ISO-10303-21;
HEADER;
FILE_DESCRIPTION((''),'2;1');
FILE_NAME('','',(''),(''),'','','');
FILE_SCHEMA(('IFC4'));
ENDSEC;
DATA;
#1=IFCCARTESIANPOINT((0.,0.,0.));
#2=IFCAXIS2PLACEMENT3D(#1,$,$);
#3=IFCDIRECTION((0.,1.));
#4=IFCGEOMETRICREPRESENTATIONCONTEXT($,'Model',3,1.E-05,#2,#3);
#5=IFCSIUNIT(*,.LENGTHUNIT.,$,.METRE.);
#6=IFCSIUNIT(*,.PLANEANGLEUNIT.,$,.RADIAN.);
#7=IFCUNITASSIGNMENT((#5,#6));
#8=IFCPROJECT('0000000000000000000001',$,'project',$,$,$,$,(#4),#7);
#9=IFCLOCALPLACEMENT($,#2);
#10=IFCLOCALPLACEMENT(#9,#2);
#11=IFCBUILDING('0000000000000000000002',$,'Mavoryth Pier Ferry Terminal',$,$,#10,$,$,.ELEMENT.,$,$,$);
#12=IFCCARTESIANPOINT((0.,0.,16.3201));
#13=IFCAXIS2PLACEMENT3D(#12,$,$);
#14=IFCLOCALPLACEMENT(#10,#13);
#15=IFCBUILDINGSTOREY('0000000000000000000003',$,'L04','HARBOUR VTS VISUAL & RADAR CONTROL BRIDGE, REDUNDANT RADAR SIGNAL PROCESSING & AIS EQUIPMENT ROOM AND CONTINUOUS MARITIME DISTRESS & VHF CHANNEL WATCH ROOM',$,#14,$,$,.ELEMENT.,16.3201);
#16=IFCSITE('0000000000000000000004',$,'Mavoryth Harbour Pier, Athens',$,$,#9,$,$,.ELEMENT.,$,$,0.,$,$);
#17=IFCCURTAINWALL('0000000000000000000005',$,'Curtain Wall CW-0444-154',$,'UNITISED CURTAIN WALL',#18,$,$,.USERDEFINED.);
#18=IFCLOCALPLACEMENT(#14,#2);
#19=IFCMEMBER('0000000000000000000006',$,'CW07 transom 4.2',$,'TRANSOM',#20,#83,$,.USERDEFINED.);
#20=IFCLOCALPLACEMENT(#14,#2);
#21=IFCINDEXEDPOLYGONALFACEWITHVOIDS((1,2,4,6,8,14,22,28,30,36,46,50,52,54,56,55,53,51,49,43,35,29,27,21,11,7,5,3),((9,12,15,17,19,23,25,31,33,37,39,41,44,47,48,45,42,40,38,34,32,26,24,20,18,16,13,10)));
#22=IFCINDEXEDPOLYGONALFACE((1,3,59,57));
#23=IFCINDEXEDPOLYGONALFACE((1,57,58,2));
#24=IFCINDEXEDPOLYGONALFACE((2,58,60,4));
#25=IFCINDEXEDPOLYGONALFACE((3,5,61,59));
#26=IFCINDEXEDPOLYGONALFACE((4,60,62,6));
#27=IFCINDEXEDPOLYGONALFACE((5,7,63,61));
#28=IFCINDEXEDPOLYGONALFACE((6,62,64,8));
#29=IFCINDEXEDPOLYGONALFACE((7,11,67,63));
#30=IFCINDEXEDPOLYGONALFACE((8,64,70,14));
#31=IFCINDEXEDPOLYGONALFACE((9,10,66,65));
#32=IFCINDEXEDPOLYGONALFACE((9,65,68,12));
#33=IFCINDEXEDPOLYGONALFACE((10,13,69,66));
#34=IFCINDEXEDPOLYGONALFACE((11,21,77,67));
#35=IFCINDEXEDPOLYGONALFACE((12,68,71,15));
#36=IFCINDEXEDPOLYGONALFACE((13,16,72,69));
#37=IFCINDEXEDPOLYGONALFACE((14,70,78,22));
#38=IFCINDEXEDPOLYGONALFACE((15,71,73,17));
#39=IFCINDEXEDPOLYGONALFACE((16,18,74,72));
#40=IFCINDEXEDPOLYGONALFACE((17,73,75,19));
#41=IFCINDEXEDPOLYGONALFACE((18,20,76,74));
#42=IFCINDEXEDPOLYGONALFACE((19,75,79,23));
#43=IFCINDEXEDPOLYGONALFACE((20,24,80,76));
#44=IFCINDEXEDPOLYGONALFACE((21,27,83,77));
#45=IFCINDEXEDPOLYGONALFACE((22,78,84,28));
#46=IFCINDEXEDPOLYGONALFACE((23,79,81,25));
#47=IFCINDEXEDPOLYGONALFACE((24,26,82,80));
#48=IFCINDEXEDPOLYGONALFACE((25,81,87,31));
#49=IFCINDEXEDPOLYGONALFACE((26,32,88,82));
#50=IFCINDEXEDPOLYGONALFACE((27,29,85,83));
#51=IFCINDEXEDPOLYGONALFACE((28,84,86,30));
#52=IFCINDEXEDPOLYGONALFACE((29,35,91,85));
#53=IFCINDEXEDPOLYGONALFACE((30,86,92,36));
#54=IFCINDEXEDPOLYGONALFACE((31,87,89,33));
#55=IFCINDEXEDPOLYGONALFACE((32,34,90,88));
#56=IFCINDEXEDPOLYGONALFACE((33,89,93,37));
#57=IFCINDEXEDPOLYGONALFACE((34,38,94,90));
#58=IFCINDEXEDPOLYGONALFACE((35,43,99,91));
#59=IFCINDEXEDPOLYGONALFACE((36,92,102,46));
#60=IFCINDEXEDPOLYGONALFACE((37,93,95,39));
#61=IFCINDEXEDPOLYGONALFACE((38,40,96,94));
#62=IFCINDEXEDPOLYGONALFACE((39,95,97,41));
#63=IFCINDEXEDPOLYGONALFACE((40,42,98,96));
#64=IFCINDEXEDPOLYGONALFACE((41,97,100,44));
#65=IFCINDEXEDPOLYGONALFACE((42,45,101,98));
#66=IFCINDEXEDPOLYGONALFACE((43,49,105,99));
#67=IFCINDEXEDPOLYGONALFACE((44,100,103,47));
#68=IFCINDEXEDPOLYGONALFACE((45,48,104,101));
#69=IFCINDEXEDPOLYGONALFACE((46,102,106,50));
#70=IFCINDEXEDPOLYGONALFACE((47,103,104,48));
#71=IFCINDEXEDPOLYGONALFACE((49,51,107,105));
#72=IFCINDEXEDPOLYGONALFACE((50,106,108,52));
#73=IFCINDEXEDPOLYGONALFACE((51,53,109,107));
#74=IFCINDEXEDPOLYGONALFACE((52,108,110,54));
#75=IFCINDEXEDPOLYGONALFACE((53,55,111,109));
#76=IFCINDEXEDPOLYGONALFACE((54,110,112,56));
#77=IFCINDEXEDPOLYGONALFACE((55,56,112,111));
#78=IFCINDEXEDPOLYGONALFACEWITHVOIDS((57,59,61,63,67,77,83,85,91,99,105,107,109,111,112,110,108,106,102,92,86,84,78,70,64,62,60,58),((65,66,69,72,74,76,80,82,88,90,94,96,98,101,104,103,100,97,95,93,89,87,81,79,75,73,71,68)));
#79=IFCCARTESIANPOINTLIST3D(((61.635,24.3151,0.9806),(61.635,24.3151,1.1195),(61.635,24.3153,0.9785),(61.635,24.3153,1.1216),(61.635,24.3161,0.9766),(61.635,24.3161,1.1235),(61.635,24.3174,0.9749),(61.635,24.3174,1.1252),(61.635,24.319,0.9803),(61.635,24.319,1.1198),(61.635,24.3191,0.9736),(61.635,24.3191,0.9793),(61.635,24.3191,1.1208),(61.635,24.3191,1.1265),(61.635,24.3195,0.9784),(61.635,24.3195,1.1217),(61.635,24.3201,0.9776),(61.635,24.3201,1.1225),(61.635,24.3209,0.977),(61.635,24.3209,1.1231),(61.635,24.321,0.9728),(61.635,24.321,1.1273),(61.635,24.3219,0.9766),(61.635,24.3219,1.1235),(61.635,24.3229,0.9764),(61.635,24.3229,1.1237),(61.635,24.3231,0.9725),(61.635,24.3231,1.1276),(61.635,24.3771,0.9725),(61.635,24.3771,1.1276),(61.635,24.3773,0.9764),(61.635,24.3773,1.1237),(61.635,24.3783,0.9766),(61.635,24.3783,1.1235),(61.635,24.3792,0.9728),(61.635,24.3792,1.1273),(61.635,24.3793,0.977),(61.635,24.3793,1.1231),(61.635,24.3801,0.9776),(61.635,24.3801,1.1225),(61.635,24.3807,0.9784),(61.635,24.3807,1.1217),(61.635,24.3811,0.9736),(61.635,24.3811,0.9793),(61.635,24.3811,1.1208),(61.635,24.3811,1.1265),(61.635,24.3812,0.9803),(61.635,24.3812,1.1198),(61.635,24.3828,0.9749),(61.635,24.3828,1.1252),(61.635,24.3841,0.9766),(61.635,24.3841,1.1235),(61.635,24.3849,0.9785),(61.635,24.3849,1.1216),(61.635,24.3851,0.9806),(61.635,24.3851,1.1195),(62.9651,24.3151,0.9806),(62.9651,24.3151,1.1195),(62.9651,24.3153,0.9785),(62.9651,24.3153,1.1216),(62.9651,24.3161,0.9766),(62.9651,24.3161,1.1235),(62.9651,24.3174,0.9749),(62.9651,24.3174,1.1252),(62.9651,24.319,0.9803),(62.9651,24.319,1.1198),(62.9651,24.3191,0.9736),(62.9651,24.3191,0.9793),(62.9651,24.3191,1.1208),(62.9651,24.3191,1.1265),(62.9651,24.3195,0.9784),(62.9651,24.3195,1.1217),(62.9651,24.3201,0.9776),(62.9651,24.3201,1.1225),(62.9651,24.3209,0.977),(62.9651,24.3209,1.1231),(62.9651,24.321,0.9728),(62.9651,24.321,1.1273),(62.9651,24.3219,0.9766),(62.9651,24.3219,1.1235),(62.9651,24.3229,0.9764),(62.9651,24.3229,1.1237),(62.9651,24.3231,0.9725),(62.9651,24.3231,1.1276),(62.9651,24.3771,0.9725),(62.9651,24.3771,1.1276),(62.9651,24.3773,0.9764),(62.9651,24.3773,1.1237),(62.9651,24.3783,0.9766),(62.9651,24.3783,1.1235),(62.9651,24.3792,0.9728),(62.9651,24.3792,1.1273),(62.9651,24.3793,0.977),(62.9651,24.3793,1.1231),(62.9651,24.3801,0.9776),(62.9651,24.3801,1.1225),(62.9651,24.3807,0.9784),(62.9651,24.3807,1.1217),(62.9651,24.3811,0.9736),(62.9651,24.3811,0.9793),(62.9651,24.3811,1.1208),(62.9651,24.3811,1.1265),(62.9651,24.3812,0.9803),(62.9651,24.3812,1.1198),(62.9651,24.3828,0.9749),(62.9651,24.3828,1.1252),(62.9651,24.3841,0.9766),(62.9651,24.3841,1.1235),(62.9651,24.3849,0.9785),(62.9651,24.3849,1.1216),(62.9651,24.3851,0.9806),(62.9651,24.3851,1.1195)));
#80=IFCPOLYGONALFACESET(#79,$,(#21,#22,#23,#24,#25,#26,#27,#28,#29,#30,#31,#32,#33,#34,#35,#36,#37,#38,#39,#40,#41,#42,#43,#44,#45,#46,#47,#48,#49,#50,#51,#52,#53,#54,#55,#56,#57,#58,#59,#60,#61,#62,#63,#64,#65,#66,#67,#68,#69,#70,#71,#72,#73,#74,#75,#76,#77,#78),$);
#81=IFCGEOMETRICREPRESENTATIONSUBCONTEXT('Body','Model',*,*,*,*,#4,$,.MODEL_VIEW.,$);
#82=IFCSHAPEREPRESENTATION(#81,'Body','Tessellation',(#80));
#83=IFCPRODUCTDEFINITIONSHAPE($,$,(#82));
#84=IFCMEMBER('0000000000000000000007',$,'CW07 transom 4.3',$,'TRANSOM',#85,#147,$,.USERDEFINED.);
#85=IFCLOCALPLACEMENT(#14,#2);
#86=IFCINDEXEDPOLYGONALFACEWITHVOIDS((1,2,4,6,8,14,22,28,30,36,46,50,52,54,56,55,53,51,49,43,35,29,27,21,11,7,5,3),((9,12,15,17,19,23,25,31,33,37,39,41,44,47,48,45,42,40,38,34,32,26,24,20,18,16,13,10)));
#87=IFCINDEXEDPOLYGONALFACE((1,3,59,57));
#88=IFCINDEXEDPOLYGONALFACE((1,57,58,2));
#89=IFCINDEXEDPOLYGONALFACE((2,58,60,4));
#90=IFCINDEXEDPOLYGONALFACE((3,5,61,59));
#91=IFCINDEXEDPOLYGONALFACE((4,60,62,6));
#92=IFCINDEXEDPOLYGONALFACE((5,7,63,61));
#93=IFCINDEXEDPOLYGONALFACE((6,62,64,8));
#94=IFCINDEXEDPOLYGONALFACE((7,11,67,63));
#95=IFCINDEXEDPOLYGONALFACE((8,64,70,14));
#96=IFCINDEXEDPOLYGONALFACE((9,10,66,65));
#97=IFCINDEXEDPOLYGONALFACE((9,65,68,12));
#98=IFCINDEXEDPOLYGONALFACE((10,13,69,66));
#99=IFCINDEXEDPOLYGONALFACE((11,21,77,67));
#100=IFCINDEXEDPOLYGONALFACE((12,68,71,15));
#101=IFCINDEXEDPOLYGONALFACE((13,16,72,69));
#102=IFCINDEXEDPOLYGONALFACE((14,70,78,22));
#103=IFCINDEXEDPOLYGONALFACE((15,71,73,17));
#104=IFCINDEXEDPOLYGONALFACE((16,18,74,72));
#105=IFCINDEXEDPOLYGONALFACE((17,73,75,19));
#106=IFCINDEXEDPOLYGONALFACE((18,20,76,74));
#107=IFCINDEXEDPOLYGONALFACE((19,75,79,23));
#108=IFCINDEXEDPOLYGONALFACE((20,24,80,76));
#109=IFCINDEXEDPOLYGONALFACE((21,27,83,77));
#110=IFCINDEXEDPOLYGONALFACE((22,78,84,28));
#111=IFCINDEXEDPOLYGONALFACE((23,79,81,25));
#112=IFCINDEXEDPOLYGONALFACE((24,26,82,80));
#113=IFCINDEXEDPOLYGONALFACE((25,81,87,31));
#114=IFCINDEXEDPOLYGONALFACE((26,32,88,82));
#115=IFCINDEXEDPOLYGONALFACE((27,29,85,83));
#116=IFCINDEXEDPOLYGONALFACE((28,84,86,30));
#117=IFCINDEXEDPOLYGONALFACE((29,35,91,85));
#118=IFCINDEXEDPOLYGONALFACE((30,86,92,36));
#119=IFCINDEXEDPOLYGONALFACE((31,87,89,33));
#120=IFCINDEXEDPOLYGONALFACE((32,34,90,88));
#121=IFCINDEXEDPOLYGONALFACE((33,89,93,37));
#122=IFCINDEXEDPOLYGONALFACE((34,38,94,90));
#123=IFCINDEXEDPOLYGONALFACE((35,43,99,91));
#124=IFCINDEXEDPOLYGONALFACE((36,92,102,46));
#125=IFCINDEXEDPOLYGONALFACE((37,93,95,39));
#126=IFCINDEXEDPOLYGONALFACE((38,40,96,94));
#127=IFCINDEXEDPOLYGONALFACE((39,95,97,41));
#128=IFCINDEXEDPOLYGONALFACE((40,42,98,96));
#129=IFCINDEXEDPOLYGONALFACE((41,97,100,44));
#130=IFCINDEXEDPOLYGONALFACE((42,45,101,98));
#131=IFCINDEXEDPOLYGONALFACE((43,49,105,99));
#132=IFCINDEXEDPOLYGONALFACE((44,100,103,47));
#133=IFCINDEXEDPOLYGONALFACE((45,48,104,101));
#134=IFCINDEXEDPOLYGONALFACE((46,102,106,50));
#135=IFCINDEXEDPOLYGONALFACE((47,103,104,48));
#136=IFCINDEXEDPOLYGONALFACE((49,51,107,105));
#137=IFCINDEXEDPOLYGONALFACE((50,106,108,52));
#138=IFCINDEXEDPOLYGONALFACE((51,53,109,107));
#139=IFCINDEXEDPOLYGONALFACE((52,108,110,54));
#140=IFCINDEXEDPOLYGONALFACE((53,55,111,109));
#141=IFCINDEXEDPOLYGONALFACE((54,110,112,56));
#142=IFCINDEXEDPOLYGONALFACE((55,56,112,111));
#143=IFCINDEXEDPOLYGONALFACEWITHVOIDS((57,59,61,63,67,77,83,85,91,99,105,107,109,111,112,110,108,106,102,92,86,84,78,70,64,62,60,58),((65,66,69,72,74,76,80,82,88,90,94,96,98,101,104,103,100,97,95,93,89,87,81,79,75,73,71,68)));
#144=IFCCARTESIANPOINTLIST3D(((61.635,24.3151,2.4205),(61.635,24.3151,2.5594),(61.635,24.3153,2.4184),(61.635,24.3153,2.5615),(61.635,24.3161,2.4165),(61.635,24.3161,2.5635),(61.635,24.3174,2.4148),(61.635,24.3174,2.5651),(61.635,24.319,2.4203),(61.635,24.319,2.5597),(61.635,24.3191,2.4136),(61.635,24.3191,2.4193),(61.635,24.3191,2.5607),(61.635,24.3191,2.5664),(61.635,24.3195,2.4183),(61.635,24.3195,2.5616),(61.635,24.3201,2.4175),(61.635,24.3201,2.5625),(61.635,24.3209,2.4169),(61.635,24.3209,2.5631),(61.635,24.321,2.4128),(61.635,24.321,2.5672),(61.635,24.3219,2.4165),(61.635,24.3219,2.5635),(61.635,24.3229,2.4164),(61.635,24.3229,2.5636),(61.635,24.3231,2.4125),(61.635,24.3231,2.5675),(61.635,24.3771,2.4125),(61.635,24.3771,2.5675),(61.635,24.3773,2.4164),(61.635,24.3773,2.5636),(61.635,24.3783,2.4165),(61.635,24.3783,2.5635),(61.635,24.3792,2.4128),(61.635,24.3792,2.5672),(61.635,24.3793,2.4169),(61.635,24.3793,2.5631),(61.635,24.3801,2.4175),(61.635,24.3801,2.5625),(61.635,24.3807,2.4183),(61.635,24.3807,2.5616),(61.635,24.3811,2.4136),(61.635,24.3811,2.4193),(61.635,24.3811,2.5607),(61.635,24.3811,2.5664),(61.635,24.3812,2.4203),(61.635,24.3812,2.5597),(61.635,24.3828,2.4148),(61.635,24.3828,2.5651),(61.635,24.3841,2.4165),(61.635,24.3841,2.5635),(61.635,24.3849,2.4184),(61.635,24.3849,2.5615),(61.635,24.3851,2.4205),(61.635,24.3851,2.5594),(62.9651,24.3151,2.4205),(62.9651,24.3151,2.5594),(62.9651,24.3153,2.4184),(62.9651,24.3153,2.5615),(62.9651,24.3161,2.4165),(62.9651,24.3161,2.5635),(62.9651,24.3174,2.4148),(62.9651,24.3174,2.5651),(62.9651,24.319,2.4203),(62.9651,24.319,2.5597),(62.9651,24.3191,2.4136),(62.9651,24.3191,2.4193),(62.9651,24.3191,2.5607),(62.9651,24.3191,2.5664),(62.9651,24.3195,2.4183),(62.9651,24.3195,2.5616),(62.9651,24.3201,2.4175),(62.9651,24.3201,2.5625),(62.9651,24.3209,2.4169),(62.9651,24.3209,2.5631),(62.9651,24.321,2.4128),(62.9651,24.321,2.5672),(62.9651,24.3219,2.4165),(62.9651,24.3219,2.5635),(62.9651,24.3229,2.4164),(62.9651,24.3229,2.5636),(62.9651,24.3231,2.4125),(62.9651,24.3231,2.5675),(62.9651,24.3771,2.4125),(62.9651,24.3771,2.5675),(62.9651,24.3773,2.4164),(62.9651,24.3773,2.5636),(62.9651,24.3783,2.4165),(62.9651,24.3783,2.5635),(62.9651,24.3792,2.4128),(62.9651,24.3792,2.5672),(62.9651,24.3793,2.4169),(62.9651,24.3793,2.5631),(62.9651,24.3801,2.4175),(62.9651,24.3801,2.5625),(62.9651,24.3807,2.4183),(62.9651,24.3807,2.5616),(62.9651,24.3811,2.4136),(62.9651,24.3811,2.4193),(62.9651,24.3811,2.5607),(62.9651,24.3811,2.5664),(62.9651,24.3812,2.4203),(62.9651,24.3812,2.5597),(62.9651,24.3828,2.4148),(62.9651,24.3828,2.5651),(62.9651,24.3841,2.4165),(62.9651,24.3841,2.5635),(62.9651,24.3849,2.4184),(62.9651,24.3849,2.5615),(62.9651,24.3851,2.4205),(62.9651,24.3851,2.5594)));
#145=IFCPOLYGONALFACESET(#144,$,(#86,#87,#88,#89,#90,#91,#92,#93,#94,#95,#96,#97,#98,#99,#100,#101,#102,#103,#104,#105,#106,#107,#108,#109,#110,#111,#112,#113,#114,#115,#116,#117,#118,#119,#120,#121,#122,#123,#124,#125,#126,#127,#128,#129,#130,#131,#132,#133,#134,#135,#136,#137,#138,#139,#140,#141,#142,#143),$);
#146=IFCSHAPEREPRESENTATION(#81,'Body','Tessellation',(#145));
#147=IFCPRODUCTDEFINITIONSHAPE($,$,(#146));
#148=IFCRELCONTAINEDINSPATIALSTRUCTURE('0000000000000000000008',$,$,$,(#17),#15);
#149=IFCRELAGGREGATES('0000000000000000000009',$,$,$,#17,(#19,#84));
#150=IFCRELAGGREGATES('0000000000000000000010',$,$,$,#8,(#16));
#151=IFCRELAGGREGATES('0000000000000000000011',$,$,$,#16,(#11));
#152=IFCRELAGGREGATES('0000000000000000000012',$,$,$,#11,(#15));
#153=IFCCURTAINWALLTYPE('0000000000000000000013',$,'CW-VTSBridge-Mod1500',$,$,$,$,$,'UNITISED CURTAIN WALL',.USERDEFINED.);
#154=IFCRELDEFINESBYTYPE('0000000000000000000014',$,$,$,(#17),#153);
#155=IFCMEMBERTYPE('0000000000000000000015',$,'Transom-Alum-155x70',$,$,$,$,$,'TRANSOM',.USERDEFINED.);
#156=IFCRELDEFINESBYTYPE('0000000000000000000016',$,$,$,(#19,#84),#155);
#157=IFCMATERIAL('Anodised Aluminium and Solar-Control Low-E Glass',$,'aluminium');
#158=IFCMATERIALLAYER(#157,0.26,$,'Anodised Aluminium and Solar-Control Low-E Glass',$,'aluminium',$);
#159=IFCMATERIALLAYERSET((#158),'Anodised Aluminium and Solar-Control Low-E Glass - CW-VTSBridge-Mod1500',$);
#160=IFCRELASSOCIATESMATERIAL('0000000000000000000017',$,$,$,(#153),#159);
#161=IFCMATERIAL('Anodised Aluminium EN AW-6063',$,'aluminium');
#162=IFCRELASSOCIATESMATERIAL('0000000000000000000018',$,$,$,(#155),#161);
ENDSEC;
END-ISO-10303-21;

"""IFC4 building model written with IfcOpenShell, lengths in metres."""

from ifc_helpers import new_model, si_unit, direction, frame, origin, origin_2d, place, context, subcontext, project, spatial, hollow_rectangle, extrude, material, layer, layer_set, material_profile, profile_set, type_object, element, aggregate, save


model = new_model("IFC4")

# Units and contexts
model_context = context("Model", 3, precision=1e-05, world=origin(), true_north=direction((0.0, 1.0)))
body_context = subcontext(model_context, "Body", "Model", "MODEL_VIEW")
ifc_project = project(units=[si_unit("LENGTHUNIT", "METRE"), si_unit("PLANEANGLEUNIT", "RADIAN")], contexts=[model_context])

# Site, building, storey
site_placement = place(None, origin())
site = spatial("IfcSite", under=ifc_project, at=site_placement, Name="Mavoryth Harbour Pier, Athens", CompositionType="ELEMENT", RefElevation=0.0)
building_placement = place(site_placement, origin())
building = spatial("IfcBuilding", under=site, at=building_placement, Name="Mavoryth Pier Ferry Terminal", CompositionType="ELEMENT")
storey_placement = place(building_placement, frame((0.0, 0.0, 16.3201)))
storey = spatial("IfcBuildingStorey", under=building, at=storey_placement, Name="L04", Description="HARBOUR VTS VISUAL & RADAR CONTROL BRIDGE, REDUNDANT RADAR SIGNAL PROCESSING & AIS EQUIPMENT ROOM AND CONTINUOUS MARITIME DISTRESS & VHF CHANNEL WATCH ROOM", CompositionType="ELEMENT", Elevation=16.3201)

# Curtain wall, members
ifc_material_1 = material(Name="Anodised Aluminium and Solar-Control Low-E Glass", Category="aluminium")
ifc_layer_1 = layer(ifc_material_1, 0.26, Name="Anodised Aluminium and Solar-Control Low-E Glass", Category="aluminium")
ifc_layer_set_1 = layer_set([ifc_layer_1], Name="Anodised Aluminium and Solar-Control Low-E Glass - CW-VTSBridge-Mod1500")
curtain_wall_type = type_object("IfcCurtainWallType", Name="CW-VTSBridge-Mod1500", ElementType="UNITISED CURTAIN WALL", PredefinedType="USERDEFINED", material=ifc_layer_set_1)
curtain_wall_placement = place(storey_placement, origin())
curtain_wall = element("IfcCurtainWall", 1, at=curtain_wall_placement, inside=storey, type_object=curtain_wall_type, Name="Curtain Wall CW-0444-154", ObjectType="UNITISED CURTAIN WALL", PredefinedType="USERDEFINED")
ifc_material_2 = material(Name="Anodised Aluminium EN AW-6063", Category="aluminium")
ifc_material_profile_1 = material_profile(ifc_material_2, hollow_rectangle(XDim=0.0701, YDim=0.155, WallThickness=0.0039, InnerFilletRadius=0.0039, OuterFilletRadius=0.0081, at=origin_2d()), Name="AL-TRAN 155x70x4", Category="aluminium")
ifc_profile_set_1 = profile_set([ifc_material_profile_1], Name="Anodised Aluminium EN AW-6063 - AL-TRAN 155x70x4")
member_type_1 = type_object("IfcMemberType", Name="Transom-Alum-155x70", ElementType="TRANSOM", PredefinedType="USERDEFINED", material=ifc_profile_set_1)
member_1_placement = place(storey_placement, frame((62.9651, 24.3501, 1.05), z_axis=(-1.0, 0.0, 0.0), x_axis=(0.0, -1.0, 0.0)))
member_1 = element("IfcMember", 2, at=member_1_placement, type_object=member_type_1, Name="CW07 transom 4.2", ObjectType="TRANSOM", PredefinedType="USERDEFINED", context=body_context, shape_type="SweptSolid", body=[
    extrude(hollow_rectangle(XDim=0.0701, YDim=0.155, WallThickness=0.0039, InnerFilletRadius=0.0039, OuterFilletRadius=0.0081, at=origin_2d()), origin(), (0.0, 0.0, 1.0), 1.3301),
])
member_2_placement = place(storey_placement, frame((62.9651, 24.3501, 2.49), z_axis=(-1.0, 0.0, 0.0), x_axis=(0.0, -1.0, 0.0)))
member_2 = element("IfcMember", 3, at=member_2_placement, type_object=member_type_1, Name="CW07 transom 4.3", ObjectType="TRANSOM", PredefinedType="USERDEFINED", context=body_context, shape_type="SweptSolid", body=[
    extrude(hollow_rectangle(XDim=0.0701, YDim=0.155, WallThickness=0.0039, InnerFilletRadius=0.0039, OuterFilletRadius=0.0081, at=origin_2d()), origin(), (0.0, 0.0, 1.0), 1.3301),
])
aggregate(curtain_wall, [member_1, member_2])

save(model, "model.ifc")
